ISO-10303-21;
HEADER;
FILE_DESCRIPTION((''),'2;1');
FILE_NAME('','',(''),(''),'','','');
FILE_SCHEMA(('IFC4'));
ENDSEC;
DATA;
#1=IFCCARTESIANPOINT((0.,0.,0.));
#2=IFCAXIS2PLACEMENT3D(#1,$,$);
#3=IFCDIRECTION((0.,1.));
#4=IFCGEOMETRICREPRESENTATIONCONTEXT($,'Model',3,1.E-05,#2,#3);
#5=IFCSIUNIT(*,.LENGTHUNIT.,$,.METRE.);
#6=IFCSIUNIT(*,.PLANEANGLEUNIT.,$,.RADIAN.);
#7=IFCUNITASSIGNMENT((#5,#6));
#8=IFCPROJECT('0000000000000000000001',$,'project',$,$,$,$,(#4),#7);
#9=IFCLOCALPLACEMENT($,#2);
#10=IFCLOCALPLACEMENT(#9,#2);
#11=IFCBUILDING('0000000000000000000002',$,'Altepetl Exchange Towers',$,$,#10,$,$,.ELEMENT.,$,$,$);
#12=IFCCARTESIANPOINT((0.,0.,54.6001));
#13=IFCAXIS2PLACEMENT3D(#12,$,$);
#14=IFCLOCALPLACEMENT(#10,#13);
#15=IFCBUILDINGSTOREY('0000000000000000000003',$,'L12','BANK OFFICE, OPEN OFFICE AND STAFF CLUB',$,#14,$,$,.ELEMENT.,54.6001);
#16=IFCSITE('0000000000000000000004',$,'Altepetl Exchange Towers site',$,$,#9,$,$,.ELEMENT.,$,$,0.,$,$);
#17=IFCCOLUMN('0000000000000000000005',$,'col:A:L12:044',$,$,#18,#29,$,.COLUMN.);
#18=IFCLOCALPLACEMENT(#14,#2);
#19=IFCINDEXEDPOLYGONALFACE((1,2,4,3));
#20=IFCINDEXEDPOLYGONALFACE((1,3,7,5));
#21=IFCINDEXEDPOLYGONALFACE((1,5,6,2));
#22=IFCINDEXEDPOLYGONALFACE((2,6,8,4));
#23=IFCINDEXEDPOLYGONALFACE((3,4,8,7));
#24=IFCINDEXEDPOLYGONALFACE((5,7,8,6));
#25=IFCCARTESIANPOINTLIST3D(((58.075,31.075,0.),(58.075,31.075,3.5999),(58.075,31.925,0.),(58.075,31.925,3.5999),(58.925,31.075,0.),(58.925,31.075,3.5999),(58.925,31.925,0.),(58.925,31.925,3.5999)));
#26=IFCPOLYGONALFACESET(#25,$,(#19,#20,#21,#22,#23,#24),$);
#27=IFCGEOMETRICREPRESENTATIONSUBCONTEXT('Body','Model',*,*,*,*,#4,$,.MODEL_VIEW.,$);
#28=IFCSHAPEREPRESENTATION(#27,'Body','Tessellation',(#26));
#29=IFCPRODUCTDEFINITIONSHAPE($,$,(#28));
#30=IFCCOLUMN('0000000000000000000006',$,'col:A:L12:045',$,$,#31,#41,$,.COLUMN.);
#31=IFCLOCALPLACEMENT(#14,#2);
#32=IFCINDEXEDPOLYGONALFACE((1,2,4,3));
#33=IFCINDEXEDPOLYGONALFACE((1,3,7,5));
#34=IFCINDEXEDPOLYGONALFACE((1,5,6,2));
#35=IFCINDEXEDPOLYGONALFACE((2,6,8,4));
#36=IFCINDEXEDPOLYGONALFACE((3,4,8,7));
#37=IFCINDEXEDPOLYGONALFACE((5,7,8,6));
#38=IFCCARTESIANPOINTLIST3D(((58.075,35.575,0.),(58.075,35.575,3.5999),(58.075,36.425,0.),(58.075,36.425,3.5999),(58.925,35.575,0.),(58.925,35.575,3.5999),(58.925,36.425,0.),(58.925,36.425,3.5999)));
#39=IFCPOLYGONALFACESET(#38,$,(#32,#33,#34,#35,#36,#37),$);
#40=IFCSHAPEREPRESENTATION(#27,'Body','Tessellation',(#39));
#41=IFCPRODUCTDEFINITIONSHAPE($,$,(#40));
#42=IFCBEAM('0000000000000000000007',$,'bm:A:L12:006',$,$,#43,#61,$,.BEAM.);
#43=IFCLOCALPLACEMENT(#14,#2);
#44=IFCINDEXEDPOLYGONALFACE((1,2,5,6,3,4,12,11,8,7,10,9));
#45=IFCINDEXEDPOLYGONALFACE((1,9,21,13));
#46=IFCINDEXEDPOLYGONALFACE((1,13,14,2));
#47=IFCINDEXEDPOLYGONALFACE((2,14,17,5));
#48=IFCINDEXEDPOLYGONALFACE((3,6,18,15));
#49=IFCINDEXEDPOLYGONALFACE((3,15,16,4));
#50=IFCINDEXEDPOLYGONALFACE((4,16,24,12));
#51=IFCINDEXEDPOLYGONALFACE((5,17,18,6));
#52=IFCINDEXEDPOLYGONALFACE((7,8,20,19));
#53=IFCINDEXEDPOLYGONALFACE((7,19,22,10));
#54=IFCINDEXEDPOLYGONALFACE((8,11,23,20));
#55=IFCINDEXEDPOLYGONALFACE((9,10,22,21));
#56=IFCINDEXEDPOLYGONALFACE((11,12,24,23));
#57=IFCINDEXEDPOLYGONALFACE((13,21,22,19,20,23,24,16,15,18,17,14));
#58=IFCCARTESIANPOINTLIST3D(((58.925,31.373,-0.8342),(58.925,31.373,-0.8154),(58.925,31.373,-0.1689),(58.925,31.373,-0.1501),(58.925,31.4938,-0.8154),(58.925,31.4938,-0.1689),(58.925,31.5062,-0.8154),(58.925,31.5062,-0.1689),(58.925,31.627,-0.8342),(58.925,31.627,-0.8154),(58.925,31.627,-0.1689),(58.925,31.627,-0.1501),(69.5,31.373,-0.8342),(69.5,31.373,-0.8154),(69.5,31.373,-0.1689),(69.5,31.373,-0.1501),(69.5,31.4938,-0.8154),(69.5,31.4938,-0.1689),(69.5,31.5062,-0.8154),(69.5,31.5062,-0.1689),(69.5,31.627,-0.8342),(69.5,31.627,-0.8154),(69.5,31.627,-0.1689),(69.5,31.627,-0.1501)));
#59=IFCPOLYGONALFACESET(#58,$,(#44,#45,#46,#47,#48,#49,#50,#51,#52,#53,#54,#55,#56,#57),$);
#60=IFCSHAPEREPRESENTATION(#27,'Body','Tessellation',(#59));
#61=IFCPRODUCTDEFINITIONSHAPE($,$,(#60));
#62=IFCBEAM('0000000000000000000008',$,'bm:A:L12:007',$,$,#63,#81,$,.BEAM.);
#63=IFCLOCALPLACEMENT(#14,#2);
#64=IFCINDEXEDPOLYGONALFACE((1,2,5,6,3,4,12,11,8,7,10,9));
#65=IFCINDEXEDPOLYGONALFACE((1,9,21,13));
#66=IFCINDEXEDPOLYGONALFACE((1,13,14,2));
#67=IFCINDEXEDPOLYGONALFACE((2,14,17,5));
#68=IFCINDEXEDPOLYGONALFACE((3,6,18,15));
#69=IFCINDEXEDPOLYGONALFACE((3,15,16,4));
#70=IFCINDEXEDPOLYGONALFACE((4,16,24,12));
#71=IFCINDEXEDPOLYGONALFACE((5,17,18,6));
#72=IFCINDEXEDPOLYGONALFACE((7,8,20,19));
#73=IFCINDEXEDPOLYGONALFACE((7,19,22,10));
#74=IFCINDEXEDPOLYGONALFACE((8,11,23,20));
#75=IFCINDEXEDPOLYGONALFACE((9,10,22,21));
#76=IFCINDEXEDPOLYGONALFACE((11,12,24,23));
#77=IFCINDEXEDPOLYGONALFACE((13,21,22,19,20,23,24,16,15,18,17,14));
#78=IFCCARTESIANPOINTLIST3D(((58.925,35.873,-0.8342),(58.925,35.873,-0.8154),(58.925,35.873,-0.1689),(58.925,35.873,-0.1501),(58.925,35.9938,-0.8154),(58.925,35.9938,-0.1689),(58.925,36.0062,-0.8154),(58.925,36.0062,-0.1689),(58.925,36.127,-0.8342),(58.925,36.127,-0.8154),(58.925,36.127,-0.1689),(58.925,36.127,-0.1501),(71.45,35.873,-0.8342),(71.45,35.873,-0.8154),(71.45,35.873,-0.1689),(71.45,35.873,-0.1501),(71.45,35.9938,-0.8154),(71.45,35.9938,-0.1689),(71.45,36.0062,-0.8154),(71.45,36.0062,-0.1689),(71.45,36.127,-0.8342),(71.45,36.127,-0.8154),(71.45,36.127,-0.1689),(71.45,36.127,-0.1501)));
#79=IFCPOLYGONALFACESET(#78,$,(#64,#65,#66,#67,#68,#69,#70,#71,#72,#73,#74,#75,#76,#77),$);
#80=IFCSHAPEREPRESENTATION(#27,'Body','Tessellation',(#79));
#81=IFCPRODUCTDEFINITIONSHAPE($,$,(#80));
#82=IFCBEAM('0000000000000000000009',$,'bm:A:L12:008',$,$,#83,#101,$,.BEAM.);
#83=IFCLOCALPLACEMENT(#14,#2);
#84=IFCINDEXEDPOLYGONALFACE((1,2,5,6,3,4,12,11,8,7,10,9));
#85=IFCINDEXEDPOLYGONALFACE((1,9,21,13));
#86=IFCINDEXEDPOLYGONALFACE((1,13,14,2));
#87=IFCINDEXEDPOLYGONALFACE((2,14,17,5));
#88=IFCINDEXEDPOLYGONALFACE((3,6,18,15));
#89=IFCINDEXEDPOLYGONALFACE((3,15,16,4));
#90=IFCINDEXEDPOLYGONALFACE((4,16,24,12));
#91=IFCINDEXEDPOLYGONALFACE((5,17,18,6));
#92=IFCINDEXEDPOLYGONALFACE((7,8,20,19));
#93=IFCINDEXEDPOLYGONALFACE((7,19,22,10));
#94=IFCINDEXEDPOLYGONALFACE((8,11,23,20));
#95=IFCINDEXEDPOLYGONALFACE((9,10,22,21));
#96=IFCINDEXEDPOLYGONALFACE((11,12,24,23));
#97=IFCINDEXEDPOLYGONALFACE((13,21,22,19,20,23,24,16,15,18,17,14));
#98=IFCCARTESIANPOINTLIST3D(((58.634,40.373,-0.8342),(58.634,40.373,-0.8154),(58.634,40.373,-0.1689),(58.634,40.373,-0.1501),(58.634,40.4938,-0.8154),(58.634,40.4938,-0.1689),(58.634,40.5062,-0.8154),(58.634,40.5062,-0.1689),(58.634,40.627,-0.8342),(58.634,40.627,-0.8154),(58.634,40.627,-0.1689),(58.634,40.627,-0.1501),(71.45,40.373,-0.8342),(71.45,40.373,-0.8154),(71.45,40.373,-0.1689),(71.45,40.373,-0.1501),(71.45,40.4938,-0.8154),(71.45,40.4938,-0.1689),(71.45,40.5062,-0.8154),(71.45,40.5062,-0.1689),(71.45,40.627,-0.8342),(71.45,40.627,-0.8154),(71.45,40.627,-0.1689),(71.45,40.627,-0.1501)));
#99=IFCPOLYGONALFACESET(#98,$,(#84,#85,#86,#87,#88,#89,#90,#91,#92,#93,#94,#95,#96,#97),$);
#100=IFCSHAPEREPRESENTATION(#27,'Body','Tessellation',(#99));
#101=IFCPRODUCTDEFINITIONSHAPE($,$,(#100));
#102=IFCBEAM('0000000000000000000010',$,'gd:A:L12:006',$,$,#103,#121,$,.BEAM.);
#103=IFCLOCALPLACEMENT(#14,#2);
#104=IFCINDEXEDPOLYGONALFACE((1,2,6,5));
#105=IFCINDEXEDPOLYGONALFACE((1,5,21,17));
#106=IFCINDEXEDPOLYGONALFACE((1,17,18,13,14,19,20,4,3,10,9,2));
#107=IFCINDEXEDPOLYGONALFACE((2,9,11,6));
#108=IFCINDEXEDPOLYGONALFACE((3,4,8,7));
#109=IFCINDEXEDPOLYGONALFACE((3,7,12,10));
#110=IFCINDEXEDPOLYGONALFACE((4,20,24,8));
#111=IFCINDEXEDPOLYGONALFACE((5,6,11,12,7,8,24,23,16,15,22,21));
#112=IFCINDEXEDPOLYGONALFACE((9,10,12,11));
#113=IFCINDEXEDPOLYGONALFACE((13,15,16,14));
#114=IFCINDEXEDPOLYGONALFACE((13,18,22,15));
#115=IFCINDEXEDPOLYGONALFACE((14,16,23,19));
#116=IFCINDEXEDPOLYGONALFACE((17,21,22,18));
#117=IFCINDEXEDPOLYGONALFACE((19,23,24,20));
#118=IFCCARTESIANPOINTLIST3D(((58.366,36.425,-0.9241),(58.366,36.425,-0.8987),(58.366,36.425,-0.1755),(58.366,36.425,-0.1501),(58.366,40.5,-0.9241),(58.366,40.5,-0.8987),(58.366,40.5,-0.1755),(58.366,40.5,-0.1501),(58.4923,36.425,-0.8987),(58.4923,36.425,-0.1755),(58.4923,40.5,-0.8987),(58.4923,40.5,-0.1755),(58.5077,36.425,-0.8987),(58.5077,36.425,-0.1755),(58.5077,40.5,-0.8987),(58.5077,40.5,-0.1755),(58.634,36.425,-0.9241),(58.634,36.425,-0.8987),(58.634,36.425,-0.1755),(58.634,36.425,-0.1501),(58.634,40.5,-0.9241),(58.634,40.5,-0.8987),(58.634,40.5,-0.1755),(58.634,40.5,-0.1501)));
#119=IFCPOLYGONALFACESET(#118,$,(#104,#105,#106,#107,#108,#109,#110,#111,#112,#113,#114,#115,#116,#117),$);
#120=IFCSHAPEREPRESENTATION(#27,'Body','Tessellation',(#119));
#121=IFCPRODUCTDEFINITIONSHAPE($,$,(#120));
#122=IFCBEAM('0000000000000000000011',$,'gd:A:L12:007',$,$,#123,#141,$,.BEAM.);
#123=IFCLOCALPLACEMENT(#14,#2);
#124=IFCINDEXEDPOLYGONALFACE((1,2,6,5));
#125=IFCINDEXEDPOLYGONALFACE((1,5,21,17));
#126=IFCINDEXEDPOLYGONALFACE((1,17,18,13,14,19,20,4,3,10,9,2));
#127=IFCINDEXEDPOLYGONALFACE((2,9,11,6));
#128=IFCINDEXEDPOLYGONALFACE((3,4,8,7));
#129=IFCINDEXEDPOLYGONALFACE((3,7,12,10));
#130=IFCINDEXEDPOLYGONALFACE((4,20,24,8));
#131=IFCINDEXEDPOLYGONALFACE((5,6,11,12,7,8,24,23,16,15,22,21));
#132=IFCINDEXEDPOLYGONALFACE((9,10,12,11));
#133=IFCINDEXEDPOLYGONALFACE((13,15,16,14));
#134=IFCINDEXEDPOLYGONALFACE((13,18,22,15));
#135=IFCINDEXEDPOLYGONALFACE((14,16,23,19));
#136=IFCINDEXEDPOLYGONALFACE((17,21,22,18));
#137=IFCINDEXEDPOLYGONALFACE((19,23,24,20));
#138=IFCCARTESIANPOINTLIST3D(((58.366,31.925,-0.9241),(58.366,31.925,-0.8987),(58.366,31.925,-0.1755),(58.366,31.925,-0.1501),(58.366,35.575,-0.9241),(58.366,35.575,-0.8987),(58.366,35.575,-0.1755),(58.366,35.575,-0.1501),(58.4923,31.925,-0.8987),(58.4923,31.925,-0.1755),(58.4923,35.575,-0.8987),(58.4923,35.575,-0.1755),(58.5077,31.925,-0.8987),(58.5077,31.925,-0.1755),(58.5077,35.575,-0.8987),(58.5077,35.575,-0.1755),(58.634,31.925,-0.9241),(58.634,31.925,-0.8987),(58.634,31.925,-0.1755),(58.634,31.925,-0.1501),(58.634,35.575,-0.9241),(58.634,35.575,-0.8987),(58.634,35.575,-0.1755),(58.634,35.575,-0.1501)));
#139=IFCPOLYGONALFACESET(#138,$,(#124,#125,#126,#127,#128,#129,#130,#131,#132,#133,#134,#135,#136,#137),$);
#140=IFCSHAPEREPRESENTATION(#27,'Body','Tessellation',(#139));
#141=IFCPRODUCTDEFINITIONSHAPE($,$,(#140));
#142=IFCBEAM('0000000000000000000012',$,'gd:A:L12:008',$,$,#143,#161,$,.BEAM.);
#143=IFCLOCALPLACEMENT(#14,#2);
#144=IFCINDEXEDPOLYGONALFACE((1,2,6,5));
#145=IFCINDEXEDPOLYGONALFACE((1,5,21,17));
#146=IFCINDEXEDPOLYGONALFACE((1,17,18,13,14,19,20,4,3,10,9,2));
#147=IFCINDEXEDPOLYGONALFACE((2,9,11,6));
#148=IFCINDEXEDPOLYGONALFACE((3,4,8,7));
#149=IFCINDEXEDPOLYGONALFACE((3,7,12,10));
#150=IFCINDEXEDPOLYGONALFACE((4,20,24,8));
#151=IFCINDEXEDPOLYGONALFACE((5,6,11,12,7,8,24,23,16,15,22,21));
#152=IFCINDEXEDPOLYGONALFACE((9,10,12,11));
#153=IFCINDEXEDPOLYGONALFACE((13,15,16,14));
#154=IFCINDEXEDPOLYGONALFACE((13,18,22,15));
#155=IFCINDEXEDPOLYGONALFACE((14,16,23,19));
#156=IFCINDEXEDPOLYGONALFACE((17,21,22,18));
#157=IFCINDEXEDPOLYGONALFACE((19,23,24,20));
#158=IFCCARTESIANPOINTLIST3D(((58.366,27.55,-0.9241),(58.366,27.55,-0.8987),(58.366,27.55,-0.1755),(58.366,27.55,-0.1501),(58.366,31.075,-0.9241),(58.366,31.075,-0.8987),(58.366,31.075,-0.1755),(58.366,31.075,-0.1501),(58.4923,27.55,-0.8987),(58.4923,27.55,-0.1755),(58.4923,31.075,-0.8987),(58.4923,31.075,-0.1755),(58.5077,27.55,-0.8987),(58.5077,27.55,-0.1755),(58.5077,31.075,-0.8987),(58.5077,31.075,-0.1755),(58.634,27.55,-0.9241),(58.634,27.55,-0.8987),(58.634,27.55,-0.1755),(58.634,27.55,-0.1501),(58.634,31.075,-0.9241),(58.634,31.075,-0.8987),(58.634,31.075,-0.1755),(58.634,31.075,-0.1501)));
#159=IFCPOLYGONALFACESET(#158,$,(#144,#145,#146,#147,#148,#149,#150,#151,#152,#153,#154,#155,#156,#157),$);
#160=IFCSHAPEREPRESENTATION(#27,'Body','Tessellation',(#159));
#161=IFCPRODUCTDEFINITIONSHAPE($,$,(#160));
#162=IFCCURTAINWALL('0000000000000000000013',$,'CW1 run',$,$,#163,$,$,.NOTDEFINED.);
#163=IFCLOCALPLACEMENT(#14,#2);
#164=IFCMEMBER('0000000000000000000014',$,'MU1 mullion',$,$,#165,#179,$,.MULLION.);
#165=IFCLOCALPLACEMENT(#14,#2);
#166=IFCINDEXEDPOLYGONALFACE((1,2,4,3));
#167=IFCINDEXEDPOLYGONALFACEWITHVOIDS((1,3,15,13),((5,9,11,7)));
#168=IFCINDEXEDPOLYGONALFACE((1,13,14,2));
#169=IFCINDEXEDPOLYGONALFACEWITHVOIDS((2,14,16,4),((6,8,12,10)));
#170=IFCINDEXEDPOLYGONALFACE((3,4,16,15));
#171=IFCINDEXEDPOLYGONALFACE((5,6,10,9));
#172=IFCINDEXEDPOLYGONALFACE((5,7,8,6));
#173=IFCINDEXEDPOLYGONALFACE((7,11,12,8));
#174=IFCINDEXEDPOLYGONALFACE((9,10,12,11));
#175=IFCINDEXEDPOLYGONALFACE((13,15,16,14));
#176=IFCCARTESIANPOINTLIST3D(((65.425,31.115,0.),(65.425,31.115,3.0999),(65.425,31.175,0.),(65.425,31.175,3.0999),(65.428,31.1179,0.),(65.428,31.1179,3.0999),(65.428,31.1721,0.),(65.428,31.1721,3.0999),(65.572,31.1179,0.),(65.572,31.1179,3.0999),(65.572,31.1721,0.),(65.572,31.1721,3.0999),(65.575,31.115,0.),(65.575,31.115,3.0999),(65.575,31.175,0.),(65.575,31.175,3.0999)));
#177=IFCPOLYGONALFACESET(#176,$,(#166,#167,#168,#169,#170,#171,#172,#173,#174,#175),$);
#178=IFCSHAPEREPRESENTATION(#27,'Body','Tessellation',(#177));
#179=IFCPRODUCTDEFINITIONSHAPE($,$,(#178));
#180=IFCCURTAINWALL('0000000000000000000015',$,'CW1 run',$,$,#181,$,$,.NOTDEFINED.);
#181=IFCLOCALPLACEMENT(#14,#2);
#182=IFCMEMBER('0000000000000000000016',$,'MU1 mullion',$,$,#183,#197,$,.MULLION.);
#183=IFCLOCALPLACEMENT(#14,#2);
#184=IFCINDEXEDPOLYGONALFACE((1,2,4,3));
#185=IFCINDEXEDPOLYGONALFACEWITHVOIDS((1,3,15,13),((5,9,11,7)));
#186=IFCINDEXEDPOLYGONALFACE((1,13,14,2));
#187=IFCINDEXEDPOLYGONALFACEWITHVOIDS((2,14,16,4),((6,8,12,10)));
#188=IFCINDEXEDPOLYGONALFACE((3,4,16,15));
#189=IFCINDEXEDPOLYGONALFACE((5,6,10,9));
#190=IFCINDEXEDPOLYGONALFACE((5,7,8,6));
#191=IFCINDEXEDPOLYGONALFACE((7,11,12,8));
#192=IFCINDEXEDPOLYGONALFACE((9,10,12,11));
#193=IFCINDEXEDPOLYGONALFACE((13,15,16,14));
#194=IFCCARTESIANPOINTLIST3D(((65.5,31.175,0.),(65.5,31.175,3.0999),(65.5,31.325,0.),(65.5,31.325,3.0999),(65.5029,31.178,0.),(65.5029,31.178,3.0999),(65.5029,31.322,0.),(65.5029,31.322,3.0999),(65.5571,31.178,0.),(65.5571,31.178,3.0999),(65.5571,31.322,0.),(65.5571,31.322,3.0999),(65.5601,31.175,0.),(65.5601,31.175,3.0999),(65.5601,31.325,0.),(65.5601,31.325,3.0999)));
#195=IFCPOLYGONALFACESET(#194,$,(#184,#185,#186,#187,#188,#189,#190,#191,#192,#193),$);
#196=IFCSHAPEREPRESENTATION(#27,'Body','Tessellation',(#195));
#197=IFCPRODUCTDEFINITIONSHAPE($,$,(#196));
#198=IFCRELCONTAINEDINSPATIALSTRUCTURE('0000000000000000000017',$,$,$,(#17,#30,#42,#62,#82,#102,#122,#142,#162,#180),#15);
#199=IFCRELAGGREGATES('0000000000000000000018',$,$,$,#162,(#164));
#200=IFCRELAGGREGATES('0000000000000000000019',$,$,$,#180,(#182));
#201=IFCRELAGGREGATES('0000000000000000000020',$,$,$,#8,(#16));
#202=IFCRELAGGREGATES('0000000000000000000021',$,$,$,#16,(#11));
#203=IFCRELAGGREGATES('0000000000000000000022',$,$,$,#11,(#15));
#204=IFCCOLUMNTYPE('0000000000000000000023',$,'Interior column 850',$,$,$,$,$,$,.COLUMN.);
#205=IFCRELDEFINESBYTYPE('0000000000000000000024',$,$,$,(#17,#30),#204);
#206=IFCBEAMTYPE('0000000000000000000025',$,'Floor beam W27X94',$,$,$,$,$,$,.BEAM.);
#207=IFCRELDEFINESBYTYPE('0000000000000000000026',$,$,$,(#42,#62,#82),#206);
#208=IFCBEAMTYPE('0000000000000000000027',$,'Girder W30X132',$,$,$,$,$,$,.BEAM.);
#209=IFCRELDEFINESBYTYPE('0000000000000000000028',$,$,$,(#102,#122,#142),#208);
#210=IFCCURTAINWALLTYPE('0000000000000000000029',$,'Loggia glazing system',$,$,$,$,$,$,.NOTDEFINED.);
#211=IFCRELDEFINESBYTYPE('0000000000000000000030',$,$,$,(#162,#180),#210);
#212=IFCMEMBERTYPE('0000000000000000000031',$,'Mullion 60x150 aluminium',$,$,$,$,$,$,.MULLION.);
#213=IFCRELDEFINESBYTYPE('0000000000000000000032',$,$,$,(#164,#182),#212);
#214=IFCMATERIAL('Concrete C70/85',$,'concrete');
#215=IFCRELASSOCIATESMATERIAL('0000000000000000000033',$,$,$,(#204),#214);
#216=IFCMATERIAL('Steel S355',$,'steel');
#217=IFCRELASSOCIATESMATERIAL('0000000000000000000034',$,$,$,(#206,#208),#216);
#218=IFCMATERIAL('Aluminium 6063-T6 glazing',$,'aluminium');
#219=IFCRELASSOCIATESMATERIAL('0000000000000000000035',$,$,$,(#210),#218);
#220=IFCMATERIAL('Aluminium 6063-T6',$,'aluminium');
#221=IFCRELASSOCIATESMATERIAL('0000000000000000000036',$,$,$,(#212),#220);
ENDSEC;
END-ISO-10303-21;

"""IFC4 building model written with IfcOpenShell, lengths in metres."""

from ifc_helpers import new_model, si_unit, direction, frame, origin, origin_2d, place, context, subcontext, project, spatial, rectangle, hollow_rectangle, i_section, extrude, material, material_profile, profile_set, type_object, element, aggregate, save


model = new_model("IFC4")

# Units and contexts
model_context = context("Model", 3, precision=1e-05, world=origin(), true_north=direction((0.0, 1.0)))
body_context = subcontext(model_context, "Body", "Model", "MODEL_VIEW")
ifc_project = project(units=[si_unit("LENGTHUNIT", "METRE"), si_unit("PLANEANGLEUNIT", "RADIAN")], contexts=[model_context])

# Site, building, storey
site_placement = place(None, origin())
site = spatial("IfcSite", under=ifc_project, at=site_placement, Name="Altepetl Exchange Towers site", CompositionType="ELEMENT", RefElevation=0.0)
building_placement = place(site_placement, origin())
building = spatial("IfcBuilding", under=site, at=building_placement, Name="Altepetl Exchange Towers", CompositionType="ELEMENT")
storey_placement = place(building_placement, frame((0.0, 0.0, 54.6001)))
storey = spatial("IfcBuildingStorey", under=building, at=storey_placement, Name="L12", Description="BANK OFFICE, OPEN OFFICE AND STAFF CLUB", CompositionType="ELEMENT", Elevation=54.6001)

# Columns
ifc_material_1 = material(Name="Concrete C70/85", Category="concrete")
ifc_material_profile_1 = material_profile(ifc_material_1, rectangle(XDim=0.8501, YDim=0.8501, at=origin_2d()), Name="850 x 850")
ifc_profile_set_1 = profile_set([ifc_material_profile_1], Name="Concrete C70/85")
column_type = type_object("IfcColumnType", Name="Interior column 850", PredefinedType="COLUMN", material=ifc_profile_set_1)
for number, where, name in (
    (1, (58.5, 31.5, 0.0), "col:A:L12:044"),
    (2, (58.5, 36.0, 0.0), "col:A:L12:045"),
):
    element("IfcColumn", number, at=place(storey_placement, frame(where)), inside=storey, type_object=column_type, Name=name, PredefinedType="COLUMN", context=body_context, shape_type="SweptSolid", body=[
        extrude(rectangle(XDim=0.8501, YDim=0.8501, at=origin_2d()), origin(), (0.0, 0.0, 1.0), 3.5999),
    ])

# Beams
ifc_material_2 = material(Name="Steel S355", Category="steel")
ifc_material_profile_2 = material_profile(ifc_material_2, i_section(OverallWidth=0.2539, OverallDepth=0.6841, WebThickness=0.0125, FlangeThickness=0.0188, at=origin_2d()), Name="W27X94")
ifc_profile_set_2 = profile_set([ifc_material_profile_2], Name="Steel S355")
beam_type_1 = type_object("IfcBeamType", Name="Floor beam W27X94", PredefinedType="BEAM", material=ifc_profile_set_2)
beam_1_placement = place(storey_placement, frame((58.925, 31.5, -0.4922), z_axis=(1.0, 0.0, 0.0), x_axis=(0.0, 1.0, 0.0)))
element("IfcBeam", 3, at=beam_1_placement, inside=storey, type_object=beam_type_1, Name="bm:A:L12:006", PredefinedType="BEAM", context=body_context, shape_type="SweptSolid", body=[
    extrude(i_section(OverallWidth=0.2539, OverallDepth=0.6841, WebThickness=0.0125, FlangeThickness=0.0188, at=origin_2d()), origin(), (0.0, 0.0, 1.0), 10.575),
])
beam_2_placement = place(storey_placement, frame((58.925, 36.0, -0.4922), z_axis=(1.0, 0.0, 0.0), x_axis=(0.0, 1.0, 0.0)))
element("IfcBeam", 4, at=beam_2_placement, inside=storey, type_object=beam_type_1, Name="bm:A:L12:007", PredefinedType="BEAM", context=body_context, shape_type="SweptSolid", body=[
    extrude(i_section(OverallWidth=0.2539, OverallDepth=0.6841, WebThickness=0.0125, FlangeThickness=0.0188, at=origin_2d()), origin(), (0.0, 0.0, 1.0), 12.5249),
])
beam_3_placement = place(storey_placement, frame((58.634, 40.5, -0.4922), z_axis=(1.0, 0.0, 0.0), x_axis=(0.0, 1.0, 0.0)))
element("IfcBeam", 5, at=beam_3_placement, inside=storey, type_object=beam_type_1, Name="bm:A:L12:008", PredefinedType="BEAM", context=body_context, shape_type="SweptSolid", body=[
    extrude(i_section(OverallWidth=0.2539, OverallDepth=0.6841, WebThickness=0.0125, FlangeThickness=0.0188, at=origin_2d()), origin(), (0.0, 0.0, 1.0), 12.8159),
])
ifc_material_profile_3 = material_profile(ifc_material_2, i_section(OverallWidth=0.2681, OverallDepth=0.7739, WebThickness=0.0154, FlangeThickness=0.0254, at=origin_2d()), Name="W30X132")
ifc_profile_set_3 = profile_set([ifc_material_profile_3], Name="Steel S355")
beam_type_2 = type_object("IfcBeamType", Name="Girder W30X132", PredefinedType="BEAM", material=ifc_profile_set_3)
beam_4_placement = place(storey_placement, frame((58.5, 40.5, -0.5371), z_axis=(0.0, -1.0, 0.0), x_axis=(1.0, 0.0, 0.0)))
element("IfcBeam", 6, at=beam_4_placement, inside=storey, type_object=beam_type_2, Name="gd:A:L12:006", PredefinedType="BEAM", context=body_context, shape_type="SweptSolid", body=[
    extrude(i_section(OverallWidth=0.2681, OverallDepth=0.7739, WebThickness=0.0154, FlangeThickness=0.0254, at=origin_2d()), origin(), (0.0, 0.0, 1.0), 4.075),
])
beam_5_placement = place(storey_placement, frame((58.5, 35.575, -0.5371), z_axis=(0.0, -1.0, 0.0), x_axis=(1.0, 0.0, 0.0)))
element("IfcBeam", 7, at=beam_5_placement, inside=storey, type_object=beam_type_2, Name="gd:A:L12:007", PredefinedType="BEAM", context=body_context, shape_type="SweptSolid", body=[
    extrude(i_section(OverallWidth=0.2681, OverallDepth=0.7739, WebThickness=0.0154, FlangeThickness=0.0254, at=origin_2d()), origin(), (0.0, 0.0, 1.0), 3.6499),
])
beam_6_placement = place(storey_placement, frame((58.5, 31.075, -0.5371), z_axis=(0.0, -1.0, 0.0), x_axis=(1.0, 0.0, 0.0)))
element("IfcBeam", 8, at=beam_6_placement, inside=storey, type_object=beam_type_2, Name="gd:A:L12:008", PredefinedType="BEAM", context=body_context, shape_type="SweptSolid", body=[
    extrude(i_section(OverallWidth=0.2681, OverallDepth=0.7739, WebThickness=0.0154, FlangeThickness=0.0254, at=origin_2d()), origin(), (0.0, 0.0, 1.0), 3.5249),
])

# Curtain walls, members
ifc_material_3 = material(Name="Aluminium 6063-T6 glazing", Category="aluminium")
curtain_wall_type = type_object("IfcCurtainWallType", Name="Loggia glazing system", PredefinedType="NOTDEFINED", material=ifc_material_3)
curtain_wall_1_placement = place(storey_placement, origin())
curtain_wall_1 = element("IfcCurtainWall", 9, at=curtain_wall_1_placement, inside=storey, type_object=curtain_wall_type, Name="CW1 run", PredefinedType="NOTDEFINED")
ifc_material_4 = material(Name="Aluminium 6063-T6", Category="aluminium")
ifc_material_profile_4 = material_profile(ifc_material_4, hollow_rectangle(XDim=0.0601, YDim=0.1499, WallThickness=0.0029, at=origin_2d()), Name="Mullion 60x150 aluminium")
ifc_profile_set_4 = profile_set([ifc_material_profile_4], Name="Aluminium 6063-T6")
member_type = type_object("IfcMemberType", Name="Mullion 60x150 aluminium", PredefinedType="MULLION", material=ifc_profile_set_4)
member_1_placement = place(storey_placement, frame((65.5, 31.145, 0.0), z_axis=(0.0, 0.0, 1.0), x_axis=(0.0, 1.0, 0.0)))
member_1 = element("IfcMember", 10, at=member_1_placement, type_object=member_type, Name="MU1 mullion", PredefinedType="MULLION", context=body_context, shape_type="SweptSolid", body=[
    extrude(hollow_rectangle(XDim=0.0601, YDim=0.1499, WallThickness=0.0029, at=origin_2d()), origin(), (0.0, 0.0, 1.0), 3.0999),
])
curtain_wall_2_placement = place(storey_placement, origin())
curtain_wall_2 = element("IfcCurtainWall", 11, at=curtain_wall_2_placement, inside=storey, type_object=curtain_wall_type, Name="CW1 run", PredefinedType="NOTDEFINED")
member_2_placement = place(storey_placement, frame((65.53, 31.25, 0.0)))
member_2 = element("IfcMember", 12, at=member_2_placement, type_object=member_type, Name="MU1 mullion", PredefinedType="MULLION", context=body_context, shape_type="SweptSolid", body=[
    extrude(hollow_rectangle(XDim=0.0601, YDim=0.1499, WallThickness=0.0029, at=origin_2d()), origin(), (0.0, 0.0, 1.0), 3.0999),
])

aggregate(curtain_wall_1, [member_1])
aggregate(curtain_wall_2, [member_2])

save(model, "model.ifc")
